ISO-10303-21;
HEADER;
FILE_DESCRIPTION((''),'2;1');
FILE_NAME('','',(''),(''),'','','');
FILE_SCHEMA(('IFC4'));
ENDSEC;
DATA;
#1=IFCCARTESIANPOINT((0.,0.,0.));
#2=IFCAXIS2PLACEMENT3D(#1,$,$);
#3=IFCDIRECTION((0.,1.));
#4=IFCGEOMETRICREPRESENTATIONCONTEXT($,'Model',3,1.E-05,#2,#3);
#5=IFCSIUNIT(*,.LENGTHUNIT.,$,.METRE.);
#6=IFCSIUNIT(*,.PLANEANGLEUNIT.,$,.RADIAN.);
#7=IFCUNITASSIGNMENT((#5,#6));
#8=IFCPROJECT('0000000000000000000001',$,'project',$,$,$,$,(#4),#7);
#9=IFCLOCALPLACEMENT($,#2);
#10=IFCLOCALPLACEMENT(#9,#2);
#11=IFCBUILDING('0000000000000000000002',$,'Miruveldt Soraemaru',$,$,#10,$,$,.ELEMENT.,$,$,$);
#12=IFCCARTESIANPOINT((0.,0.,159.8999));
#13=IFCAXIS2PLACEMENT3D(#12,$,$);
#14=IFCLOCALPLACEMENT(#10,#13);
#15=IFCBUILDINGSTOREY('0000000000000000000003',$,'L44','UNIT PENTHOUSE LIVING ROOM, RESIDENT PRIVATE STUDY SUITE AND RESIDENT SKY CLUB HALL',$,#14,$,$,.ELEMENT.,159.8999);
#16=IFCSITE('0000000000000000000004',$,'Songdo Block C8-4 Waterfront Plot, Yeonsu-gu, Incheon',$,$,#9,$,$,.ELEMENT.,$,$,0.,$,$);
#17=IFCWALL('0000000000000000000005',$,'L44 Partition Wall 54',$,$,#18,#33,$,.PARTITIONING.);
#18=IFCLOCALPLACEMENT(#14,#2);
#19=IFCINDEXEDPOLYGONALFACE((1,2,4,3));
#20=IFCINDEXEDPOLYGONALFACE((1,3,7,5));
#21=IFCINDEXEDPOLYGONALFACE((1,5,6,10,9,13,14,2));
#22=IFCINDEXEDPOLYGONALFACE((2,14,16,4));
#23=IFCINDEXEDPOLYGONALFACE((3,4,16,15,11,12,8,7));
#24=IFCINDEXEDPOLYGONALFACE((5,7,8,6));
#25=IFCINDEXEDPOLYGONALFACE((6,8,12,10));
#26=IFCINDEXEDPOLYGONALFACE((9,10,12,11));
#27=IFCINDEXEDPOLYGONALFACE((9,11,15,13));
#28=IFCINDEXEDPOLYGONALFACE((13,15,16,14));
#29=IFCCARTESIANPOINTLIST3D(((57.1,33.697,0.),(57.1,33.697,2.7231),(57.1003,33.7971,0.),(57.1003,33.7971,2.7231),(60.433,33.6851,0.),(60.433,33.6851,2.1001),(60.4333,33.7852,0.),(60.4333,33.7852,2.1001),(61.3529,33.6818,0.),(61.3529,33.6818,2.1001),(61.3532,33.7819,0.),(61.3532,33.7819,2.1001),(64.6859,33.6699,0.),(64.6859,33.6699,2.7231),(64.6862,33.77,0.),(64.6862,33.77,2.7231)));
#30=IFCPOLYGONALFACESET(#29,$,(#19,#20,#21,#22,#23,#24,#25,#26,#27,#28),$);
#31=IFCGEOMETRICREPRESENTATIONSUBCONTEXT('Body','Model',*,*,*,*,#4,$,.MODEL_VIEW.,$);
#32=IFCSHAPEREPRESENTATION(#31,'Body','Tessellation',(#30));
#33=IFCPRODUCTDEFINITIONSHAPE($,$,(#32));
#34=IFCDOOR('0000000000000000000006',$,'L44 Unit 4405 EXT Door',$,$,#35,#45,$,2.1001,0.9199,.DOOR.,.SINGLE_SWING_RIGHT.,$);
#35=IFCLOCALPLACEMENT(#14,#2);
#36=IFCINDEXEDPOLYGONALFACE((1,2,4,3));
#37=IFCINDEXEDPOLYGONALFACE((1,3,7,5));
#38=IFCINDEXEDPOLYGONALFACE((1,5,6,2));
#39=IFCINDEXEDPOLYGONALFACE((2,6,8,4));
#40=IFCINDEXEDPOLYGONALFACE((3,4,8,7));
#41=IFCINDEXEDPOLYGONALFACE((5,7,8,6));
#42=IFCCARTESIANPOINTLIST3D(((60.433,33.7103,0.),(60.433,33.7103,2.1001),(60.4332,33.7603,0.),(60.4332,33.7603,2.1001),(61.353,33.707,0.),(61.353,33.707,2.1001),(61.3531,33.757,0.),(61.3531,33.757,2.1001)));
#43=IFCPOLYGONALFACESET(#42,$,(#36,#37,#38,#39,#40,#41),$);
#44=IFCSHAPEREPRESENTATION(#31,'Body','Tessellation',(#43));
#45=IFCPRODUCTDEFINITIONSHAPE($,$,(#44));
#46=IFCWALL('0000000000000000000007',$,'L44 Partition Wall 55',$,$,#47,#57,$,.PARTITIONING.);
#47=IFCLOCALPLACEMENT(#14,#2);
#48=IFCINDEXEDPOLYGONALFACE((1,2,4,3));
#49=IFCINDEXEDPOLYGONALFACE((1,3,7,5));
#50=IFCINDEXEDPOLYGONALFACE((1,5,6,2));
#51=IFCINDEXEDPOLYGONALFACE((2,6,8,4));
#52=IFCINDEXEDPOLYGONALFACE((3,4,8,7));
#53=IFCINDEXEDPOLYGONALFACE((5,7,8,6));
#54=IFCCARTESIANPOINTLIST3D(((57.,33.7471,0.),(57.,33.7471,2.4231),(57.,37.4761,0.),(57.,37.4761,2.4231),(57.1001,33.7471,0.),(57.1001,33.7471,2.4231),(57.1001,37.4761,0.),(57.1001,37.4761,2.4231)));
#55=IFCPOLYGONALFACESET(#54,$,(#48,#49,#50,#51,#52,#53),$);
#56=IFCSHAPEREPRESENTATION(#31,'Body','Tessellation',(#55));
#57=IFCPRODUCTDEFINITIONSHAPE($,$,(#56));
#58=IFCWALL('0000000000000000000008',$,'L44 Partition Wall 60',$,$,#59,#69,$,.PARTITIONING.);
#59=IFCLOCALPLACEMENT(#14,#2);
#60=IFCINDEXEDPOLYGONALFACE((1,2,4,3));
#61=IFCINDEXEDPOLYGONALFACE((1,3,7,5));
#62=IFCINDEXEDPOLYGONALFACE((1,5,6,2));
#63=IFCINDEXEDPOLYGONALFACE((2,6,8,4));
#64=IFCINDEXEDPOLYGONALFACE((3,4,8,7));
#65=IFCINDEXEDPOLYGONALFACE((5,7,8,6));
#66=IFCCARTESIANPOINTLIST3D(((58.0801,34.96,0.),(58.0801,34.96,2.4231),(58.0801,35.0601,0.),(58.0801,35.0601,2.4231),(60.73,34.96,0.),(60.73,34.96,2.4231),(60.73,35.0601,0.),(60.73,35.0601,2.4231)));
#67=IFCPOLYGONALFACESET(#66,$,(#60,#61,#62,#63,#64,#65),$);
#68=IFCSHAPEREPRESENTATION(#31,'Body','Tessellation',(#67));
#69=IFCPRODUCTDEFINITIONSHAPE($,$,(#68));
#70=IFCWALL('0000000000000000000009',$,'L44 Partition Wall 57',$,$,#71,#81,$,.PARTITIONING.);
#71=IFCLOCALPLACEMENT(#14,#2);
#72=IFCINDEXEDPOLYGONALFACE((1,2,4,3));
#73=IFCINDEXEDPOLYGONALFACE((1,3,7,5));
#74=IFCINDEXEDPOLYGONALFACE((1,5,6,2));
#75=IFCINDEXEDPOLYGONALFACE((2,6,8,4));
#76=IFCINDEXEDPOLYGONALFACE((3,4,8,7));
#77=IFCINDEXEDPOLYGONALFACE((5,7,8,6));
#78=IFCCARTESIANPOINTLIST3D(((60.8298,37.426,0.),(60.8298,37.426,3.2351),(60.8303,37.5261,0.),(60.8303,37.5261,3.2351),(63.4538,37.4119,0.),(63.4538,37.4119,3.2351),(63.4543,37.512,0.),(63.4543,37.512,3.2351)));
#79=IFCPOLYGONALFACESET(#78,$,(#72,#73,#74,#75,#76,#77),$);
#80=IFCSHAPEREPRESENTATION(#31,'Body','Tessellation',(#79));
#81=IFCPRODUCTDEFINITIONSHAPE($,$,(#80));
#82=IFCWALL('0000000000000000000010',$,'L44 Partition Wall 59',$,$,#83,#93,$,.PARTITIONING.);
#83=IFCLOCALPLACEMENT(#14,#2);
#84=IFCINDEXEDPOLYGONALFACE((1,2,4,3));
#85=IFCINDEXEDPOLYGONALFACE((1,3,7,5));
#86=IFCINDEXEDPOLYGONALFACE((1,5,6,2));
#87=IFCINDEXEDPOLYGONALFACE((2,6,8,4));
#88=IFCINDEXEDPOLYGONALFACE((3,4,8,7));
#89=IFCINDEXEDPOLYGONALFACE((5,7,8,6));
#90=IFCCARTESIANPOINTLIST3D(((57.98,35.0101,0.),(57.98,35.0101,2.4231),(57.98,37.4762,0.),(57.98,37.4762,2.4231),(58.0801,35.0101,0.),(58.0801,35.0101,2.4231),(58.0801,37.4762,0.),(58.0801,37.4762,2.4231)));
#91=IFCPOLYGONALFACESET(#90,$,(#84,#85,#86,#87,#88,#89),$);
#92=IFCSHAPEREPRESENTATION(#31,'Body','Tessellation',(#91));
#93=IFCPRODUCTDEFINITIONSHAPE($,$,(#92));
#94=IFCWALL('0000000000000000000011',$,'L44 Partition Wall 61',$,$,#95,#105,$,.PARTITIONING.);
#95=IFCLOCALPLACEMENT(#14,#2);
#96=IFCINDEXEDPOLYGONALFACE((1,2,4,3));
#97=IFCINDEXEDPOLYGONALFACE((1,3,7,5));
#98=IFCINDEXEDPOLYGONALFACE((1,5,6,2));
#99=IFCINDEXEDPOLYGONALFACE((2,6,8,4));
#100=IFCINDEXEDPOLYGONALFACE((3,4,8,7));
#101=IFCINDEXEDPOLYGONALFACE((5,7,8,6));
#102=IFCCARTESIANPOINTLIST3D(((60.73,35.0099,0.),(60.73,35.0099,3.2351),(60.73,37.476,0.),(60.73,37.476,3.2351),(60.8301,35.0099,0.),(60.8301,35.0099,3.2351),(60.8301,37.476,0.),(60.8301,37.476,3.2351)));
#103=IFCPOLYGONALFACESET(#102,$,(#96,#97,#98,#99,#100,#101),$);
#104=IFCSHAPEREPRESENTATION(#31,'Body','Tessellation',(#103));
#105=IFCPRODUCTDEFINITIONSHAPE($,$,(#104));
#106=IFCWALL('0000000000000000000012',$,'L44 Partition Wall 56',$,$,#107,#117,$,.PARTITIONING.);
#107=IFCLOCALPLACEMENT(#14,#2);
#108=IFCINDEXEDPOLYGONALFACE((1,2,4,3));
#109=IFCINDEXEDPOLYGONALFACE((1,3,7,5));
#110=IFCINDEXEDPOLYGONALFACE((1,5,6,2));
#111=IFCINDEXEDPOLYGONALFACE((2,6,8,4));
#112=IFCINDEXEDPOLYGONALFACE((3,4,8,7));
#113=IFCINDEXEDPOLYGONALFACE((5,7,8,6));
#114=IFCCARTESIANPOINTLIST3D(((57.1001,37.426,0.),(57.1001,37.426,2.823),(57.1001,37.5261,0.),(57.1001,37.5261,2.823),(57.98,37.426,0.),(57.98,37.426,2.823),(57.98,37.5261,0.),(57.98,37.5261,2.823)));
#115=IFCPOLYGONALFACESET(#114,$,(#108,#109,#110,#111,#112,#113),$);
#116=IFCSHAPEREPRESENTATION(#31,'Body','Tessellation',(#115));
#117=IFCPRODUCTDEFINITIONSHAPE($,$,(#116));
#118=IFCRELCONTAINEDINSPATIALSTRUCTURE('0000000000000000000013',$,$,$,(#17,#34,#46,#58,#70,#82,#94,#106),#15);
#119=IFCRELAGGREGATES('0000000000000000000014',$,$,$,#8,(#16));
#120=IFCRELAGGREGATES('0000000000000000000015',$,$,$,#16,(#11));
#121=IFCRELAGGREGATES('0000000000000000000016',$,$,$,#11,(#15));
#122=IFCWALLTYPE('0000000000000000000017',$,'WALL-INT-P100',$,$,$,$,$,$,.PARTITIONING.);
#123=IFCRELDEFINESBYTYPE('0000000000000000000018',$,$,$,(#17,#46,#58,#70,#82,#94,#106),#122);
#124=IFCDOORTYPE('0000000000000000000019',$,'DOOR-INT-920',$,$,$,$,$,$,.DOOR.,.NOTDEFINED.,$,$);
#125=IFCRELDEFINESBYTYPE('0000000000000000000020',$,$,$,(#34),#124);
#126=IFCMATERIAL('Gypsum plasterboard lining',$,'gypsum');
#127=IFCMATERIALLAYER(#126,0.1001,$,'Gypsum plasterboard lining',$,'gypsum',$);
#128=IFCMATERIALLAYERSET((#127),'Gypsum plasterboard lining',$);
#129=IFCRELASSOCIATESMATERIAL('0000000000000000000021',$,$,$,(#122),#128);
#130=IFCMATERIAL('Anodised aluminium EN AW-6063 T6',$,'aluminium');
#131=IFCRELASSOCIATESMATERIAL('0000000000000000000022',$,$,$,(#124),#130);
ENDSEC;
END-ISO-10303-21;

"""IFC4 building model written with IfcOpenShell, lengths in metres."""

from ifc_helpers import new_model, si_unit, direction, frame, frame_2d, origin, place, context, subcontext, project, spatial, rectangle, extrude, material, layer, layer_set, type_object, element, fill, save


model = new_model("IFC4")

# Units and contexts
model_context = context("Model", 3, precision=1e-05, world=origin(), true_north=direction((0.0, 1.0)))
body_context = subcontext(model_context, "Body", "Model", "MODEL_VIEW")
ifc_project = project(units=[si_unit("LENGTHUNIT", "METRE"), si_unit("PLANEANGLEUNIT", "RADIAN")], contexts=[model_context])

# Site, building, storey
site_placement = place(None, origin())
site = spatial("IfcSite", under=ifc_project, at=site_placement, Name="Songdo Block C8-4 Waterfront Plot, Yeonsu-gu, Incheon", CompositionType="ELEMENT", RefElevation=0.0)
building_placement = place(site_placement, origin())
building = spatial("IfcBuilding", under=site, at=building_placement, Name="Miruveldt Soraemaru", CompositionType="ELEMENT")
storey_placement = place(building_placement, frame((0.0, 0.0, 159.8999)))
storey = spatial("IfcBuildingStorey", under=building, at=storey_placement, Name="L44", Description="UNIT PENTHOUSE LIVING ROOM, RESIDENT PRIVATE STUDY SUITE AND RESIDENT SKY CLUB HALL", CompositionType="ELEMENT", Elevation=159.8999)

# Shared definitions
ifc_material_1 = material(Name="Anodised aluminium EN AW-6063 T6", Category="aluminium")

# Wall, opening, door
ifc_material_2 = material(Name="Gypsum plasterboard lining", Category="gypsum")
ifc_layer_1 = layer(ifc_material_2, 0.1001, Name="Gypsum plasterboard lining", Category="gypsum")
ifc_layer_set_1 = layer_set([ifc_layer_1], Name="Gypsum plasterboard lining")
wall_type_1 = type_object("IfcWallType", Name="WALL-INT-P100", PredefinedType="PARTITIONING", material=ifc_layer_set_1)
door_type = type_object("IfcDoorType", Name="DOOR-INT-920", OperationType="NOTDEFINED", PredefinedType="DOOR", material=ifc_material_1)
wall_1_placement = place(storey_placement, frame((64.686, 33.72, 0.0), z_axis=(0.0, 0.0, 1.0), x_axis=(-0.999994, 0.003572, 0.0)))
wall_1 = element("IfcWall", 1, at=wall_1_placement, inside=storey, type_object=wall_type_1, Name="L44 Partition Wall 54", PredefinedType="PARTITIONING", context=body_context, shape_type="SweptSolid", body=[
    extrude(rectangle(XDim=7.5859, YDim=0.1001, at=frame_2d((3.793, 0.0))), origin(), (0.0, 0.0, 1.0), 2.7231),
])
opening_1_placement = place(wall_1_placement, frame((3.333, 0.0, 0.0)))
opening_1 = element("IfcOpeningElement", 2, at=opening_1_placement, cuts=wall_1, PredefinedType="OPENING", context=body_context, shape_type="SweptSolid", body=[
    extrude(rectangle(XDim=0.9199, YDim=2.1001, at=frame_2d((0.46, 1.05))), frame((0.0, 0.0601, 0.0), z_axis=(0.0, -1.0, 0.0), x_axis=(1.0, 0.0, 0.0)), (0.0, 0.0, 1.0), 0.1201),
])
door_1_placement = place(opening_1_placement, origin())
door_1 = element("IfcDoor", 3, at=door_1_placement, inside=storey, type_object=door_type, Name="L44 Unit 4405 EXT Door", OperationType="SINGLE_SWING_RIGHT", OverallHeight=2.1001, OverallWidth=0.9199, PredefinedType="DOOR", context=body_context, shape_type="SweptSolid", body=[
    extrude(rectangle(XDim=0.9199, YDim=2.1001, at=frame_2d((0.46, 1.05))), frame((0.0, 0.0249, 0.0), z_axis=(0.0, -1.0, 0.0), x_axis=(1.0, 0.0, 0.0)), (0.0, 0.0, 1.0), 0.05),
])
fill(opening_1, door_1)

# Walls
wall_2_placement = place(storey_placement, frame((57.05, 33.7471, 0.0), z_axis=(0.0, 0.0, 1.0), x_axis=(0.0, 1.0, 0.0)))
element("IfcWall", 4, at=wall_2_placement, inside=storey, type_object=wall_type_1, Name="L44 Partition Wall 55", PredefinedType="PARTITIONING", context=body_context, shape_type="SweptSolid", body=[
    extrude(rectangle(XDim=3.729, YDim=0.1001, at=frame_2d((1.8645, 0.0))), origin(), (0.0, 0.0, 1.0), 2.4231),
])
wall_3_placement = place(storey_placement, frame((58.0801, 35.01, 0.0), z_axis=(0.0, 0.0, 1.0), x_axis=(1.0, 0.0, 0.0)))
element("IfcWall", 5, at=wall_3_placement, inside=storey, type_object=wall_type_1, Name="L44 Partition Wall 60", PredefinedType="PARTITIONING", context=body_context, shape_type="SweptSolid", body=[
    extrude(rectangle(XDim=2.6499, YDim=0.1001, at=frame_2d((1.325, 0.0))), origin(), (0.0, 0.0, 1.0), 2.4231),
])
wall_4_placement = place(storey_placement, frame((60.8301, 37.4761, 0.0), z_axis=(0.0, 0.0, 1.0), x_axis=(0.999985, -0.005396, 0.0)))
element("IfcWall", 6, at=wall_4_placement, inside=storey, type_object=wall_type_1, Name="L44 Partition Wall 57", PredefinedType="PARTITIONING", context=body_context, shape_type="SweptSolid", body=[
    extrude(rectangle(XDim=2.624, YDim=0.1001, at=frame_2d((1.312, 0.0))), origin(), (0.0, 0.0, 1.0), 3.2351),
])
wall_5_placement = place(storey_placement, frame((58.03, 37.4761, 0.0), z_axis=(0.0, 0.0, 1.0), x_axis=(0.0, -1.0, 0.0)))
element("IfcWall", 7, at=wall_5_placement, inside=storey, type_object=wall_type_1, Name="L44 Partition Wall 59", PredefinedType="PARTITIONING", context=body_context, shape_type="SweptSolid", body=[
    extrude(rectangle(XDim=2.4661, YDim=0.1001, at=frame_2d((1.2329, 0.0))), origin(), (0.0, 0.0, 1.0), 2.4231),
])
wall_6_placement = place(storey_placement, frame((60.78, 35.01, 0.0), z_axis=(0.0, 0.0, 1.0), x_axis=(0.0, 1.0, 0.0)))
element("IfcWall", 8, at=wall_6_placement, inside=storey, type_object=wall_type_1, Name="L44 Partition Wall 61", PredefinedType="PARTITIONING", context=body_context, shape_type="SweptSolid", body=[
    extrude(rectangle(XDim=2.4661, YDim=0.1001, at=frame_2d((1.2329, 0.0))), origin(), (0.0, 0.0, 1.0), 3.2351),
])
wall_7_placement = place(storey_placement, frame((57.1001, 37.4761, 0.0), z_axis=(0.0, 0.0, 1.0), x_axis=(1.0, 0.0, 0.0)))
element("IfcWall", 9, at=wall_7_placement, inside=storey, type_object=wall_type_1, Name="L44 Partition Wall 56", PredefinedType="PARTITIONING", context=body_context, shape_type="SweptSolid", body=[
    extrude(rectangle(XDim=0.8799, YDim=0.1001, at=frame_2d((0.4399, 0.0))), origin(), (0.0, 0.0, 1.0), 2.823),
])

save(model, "model.ifc")
